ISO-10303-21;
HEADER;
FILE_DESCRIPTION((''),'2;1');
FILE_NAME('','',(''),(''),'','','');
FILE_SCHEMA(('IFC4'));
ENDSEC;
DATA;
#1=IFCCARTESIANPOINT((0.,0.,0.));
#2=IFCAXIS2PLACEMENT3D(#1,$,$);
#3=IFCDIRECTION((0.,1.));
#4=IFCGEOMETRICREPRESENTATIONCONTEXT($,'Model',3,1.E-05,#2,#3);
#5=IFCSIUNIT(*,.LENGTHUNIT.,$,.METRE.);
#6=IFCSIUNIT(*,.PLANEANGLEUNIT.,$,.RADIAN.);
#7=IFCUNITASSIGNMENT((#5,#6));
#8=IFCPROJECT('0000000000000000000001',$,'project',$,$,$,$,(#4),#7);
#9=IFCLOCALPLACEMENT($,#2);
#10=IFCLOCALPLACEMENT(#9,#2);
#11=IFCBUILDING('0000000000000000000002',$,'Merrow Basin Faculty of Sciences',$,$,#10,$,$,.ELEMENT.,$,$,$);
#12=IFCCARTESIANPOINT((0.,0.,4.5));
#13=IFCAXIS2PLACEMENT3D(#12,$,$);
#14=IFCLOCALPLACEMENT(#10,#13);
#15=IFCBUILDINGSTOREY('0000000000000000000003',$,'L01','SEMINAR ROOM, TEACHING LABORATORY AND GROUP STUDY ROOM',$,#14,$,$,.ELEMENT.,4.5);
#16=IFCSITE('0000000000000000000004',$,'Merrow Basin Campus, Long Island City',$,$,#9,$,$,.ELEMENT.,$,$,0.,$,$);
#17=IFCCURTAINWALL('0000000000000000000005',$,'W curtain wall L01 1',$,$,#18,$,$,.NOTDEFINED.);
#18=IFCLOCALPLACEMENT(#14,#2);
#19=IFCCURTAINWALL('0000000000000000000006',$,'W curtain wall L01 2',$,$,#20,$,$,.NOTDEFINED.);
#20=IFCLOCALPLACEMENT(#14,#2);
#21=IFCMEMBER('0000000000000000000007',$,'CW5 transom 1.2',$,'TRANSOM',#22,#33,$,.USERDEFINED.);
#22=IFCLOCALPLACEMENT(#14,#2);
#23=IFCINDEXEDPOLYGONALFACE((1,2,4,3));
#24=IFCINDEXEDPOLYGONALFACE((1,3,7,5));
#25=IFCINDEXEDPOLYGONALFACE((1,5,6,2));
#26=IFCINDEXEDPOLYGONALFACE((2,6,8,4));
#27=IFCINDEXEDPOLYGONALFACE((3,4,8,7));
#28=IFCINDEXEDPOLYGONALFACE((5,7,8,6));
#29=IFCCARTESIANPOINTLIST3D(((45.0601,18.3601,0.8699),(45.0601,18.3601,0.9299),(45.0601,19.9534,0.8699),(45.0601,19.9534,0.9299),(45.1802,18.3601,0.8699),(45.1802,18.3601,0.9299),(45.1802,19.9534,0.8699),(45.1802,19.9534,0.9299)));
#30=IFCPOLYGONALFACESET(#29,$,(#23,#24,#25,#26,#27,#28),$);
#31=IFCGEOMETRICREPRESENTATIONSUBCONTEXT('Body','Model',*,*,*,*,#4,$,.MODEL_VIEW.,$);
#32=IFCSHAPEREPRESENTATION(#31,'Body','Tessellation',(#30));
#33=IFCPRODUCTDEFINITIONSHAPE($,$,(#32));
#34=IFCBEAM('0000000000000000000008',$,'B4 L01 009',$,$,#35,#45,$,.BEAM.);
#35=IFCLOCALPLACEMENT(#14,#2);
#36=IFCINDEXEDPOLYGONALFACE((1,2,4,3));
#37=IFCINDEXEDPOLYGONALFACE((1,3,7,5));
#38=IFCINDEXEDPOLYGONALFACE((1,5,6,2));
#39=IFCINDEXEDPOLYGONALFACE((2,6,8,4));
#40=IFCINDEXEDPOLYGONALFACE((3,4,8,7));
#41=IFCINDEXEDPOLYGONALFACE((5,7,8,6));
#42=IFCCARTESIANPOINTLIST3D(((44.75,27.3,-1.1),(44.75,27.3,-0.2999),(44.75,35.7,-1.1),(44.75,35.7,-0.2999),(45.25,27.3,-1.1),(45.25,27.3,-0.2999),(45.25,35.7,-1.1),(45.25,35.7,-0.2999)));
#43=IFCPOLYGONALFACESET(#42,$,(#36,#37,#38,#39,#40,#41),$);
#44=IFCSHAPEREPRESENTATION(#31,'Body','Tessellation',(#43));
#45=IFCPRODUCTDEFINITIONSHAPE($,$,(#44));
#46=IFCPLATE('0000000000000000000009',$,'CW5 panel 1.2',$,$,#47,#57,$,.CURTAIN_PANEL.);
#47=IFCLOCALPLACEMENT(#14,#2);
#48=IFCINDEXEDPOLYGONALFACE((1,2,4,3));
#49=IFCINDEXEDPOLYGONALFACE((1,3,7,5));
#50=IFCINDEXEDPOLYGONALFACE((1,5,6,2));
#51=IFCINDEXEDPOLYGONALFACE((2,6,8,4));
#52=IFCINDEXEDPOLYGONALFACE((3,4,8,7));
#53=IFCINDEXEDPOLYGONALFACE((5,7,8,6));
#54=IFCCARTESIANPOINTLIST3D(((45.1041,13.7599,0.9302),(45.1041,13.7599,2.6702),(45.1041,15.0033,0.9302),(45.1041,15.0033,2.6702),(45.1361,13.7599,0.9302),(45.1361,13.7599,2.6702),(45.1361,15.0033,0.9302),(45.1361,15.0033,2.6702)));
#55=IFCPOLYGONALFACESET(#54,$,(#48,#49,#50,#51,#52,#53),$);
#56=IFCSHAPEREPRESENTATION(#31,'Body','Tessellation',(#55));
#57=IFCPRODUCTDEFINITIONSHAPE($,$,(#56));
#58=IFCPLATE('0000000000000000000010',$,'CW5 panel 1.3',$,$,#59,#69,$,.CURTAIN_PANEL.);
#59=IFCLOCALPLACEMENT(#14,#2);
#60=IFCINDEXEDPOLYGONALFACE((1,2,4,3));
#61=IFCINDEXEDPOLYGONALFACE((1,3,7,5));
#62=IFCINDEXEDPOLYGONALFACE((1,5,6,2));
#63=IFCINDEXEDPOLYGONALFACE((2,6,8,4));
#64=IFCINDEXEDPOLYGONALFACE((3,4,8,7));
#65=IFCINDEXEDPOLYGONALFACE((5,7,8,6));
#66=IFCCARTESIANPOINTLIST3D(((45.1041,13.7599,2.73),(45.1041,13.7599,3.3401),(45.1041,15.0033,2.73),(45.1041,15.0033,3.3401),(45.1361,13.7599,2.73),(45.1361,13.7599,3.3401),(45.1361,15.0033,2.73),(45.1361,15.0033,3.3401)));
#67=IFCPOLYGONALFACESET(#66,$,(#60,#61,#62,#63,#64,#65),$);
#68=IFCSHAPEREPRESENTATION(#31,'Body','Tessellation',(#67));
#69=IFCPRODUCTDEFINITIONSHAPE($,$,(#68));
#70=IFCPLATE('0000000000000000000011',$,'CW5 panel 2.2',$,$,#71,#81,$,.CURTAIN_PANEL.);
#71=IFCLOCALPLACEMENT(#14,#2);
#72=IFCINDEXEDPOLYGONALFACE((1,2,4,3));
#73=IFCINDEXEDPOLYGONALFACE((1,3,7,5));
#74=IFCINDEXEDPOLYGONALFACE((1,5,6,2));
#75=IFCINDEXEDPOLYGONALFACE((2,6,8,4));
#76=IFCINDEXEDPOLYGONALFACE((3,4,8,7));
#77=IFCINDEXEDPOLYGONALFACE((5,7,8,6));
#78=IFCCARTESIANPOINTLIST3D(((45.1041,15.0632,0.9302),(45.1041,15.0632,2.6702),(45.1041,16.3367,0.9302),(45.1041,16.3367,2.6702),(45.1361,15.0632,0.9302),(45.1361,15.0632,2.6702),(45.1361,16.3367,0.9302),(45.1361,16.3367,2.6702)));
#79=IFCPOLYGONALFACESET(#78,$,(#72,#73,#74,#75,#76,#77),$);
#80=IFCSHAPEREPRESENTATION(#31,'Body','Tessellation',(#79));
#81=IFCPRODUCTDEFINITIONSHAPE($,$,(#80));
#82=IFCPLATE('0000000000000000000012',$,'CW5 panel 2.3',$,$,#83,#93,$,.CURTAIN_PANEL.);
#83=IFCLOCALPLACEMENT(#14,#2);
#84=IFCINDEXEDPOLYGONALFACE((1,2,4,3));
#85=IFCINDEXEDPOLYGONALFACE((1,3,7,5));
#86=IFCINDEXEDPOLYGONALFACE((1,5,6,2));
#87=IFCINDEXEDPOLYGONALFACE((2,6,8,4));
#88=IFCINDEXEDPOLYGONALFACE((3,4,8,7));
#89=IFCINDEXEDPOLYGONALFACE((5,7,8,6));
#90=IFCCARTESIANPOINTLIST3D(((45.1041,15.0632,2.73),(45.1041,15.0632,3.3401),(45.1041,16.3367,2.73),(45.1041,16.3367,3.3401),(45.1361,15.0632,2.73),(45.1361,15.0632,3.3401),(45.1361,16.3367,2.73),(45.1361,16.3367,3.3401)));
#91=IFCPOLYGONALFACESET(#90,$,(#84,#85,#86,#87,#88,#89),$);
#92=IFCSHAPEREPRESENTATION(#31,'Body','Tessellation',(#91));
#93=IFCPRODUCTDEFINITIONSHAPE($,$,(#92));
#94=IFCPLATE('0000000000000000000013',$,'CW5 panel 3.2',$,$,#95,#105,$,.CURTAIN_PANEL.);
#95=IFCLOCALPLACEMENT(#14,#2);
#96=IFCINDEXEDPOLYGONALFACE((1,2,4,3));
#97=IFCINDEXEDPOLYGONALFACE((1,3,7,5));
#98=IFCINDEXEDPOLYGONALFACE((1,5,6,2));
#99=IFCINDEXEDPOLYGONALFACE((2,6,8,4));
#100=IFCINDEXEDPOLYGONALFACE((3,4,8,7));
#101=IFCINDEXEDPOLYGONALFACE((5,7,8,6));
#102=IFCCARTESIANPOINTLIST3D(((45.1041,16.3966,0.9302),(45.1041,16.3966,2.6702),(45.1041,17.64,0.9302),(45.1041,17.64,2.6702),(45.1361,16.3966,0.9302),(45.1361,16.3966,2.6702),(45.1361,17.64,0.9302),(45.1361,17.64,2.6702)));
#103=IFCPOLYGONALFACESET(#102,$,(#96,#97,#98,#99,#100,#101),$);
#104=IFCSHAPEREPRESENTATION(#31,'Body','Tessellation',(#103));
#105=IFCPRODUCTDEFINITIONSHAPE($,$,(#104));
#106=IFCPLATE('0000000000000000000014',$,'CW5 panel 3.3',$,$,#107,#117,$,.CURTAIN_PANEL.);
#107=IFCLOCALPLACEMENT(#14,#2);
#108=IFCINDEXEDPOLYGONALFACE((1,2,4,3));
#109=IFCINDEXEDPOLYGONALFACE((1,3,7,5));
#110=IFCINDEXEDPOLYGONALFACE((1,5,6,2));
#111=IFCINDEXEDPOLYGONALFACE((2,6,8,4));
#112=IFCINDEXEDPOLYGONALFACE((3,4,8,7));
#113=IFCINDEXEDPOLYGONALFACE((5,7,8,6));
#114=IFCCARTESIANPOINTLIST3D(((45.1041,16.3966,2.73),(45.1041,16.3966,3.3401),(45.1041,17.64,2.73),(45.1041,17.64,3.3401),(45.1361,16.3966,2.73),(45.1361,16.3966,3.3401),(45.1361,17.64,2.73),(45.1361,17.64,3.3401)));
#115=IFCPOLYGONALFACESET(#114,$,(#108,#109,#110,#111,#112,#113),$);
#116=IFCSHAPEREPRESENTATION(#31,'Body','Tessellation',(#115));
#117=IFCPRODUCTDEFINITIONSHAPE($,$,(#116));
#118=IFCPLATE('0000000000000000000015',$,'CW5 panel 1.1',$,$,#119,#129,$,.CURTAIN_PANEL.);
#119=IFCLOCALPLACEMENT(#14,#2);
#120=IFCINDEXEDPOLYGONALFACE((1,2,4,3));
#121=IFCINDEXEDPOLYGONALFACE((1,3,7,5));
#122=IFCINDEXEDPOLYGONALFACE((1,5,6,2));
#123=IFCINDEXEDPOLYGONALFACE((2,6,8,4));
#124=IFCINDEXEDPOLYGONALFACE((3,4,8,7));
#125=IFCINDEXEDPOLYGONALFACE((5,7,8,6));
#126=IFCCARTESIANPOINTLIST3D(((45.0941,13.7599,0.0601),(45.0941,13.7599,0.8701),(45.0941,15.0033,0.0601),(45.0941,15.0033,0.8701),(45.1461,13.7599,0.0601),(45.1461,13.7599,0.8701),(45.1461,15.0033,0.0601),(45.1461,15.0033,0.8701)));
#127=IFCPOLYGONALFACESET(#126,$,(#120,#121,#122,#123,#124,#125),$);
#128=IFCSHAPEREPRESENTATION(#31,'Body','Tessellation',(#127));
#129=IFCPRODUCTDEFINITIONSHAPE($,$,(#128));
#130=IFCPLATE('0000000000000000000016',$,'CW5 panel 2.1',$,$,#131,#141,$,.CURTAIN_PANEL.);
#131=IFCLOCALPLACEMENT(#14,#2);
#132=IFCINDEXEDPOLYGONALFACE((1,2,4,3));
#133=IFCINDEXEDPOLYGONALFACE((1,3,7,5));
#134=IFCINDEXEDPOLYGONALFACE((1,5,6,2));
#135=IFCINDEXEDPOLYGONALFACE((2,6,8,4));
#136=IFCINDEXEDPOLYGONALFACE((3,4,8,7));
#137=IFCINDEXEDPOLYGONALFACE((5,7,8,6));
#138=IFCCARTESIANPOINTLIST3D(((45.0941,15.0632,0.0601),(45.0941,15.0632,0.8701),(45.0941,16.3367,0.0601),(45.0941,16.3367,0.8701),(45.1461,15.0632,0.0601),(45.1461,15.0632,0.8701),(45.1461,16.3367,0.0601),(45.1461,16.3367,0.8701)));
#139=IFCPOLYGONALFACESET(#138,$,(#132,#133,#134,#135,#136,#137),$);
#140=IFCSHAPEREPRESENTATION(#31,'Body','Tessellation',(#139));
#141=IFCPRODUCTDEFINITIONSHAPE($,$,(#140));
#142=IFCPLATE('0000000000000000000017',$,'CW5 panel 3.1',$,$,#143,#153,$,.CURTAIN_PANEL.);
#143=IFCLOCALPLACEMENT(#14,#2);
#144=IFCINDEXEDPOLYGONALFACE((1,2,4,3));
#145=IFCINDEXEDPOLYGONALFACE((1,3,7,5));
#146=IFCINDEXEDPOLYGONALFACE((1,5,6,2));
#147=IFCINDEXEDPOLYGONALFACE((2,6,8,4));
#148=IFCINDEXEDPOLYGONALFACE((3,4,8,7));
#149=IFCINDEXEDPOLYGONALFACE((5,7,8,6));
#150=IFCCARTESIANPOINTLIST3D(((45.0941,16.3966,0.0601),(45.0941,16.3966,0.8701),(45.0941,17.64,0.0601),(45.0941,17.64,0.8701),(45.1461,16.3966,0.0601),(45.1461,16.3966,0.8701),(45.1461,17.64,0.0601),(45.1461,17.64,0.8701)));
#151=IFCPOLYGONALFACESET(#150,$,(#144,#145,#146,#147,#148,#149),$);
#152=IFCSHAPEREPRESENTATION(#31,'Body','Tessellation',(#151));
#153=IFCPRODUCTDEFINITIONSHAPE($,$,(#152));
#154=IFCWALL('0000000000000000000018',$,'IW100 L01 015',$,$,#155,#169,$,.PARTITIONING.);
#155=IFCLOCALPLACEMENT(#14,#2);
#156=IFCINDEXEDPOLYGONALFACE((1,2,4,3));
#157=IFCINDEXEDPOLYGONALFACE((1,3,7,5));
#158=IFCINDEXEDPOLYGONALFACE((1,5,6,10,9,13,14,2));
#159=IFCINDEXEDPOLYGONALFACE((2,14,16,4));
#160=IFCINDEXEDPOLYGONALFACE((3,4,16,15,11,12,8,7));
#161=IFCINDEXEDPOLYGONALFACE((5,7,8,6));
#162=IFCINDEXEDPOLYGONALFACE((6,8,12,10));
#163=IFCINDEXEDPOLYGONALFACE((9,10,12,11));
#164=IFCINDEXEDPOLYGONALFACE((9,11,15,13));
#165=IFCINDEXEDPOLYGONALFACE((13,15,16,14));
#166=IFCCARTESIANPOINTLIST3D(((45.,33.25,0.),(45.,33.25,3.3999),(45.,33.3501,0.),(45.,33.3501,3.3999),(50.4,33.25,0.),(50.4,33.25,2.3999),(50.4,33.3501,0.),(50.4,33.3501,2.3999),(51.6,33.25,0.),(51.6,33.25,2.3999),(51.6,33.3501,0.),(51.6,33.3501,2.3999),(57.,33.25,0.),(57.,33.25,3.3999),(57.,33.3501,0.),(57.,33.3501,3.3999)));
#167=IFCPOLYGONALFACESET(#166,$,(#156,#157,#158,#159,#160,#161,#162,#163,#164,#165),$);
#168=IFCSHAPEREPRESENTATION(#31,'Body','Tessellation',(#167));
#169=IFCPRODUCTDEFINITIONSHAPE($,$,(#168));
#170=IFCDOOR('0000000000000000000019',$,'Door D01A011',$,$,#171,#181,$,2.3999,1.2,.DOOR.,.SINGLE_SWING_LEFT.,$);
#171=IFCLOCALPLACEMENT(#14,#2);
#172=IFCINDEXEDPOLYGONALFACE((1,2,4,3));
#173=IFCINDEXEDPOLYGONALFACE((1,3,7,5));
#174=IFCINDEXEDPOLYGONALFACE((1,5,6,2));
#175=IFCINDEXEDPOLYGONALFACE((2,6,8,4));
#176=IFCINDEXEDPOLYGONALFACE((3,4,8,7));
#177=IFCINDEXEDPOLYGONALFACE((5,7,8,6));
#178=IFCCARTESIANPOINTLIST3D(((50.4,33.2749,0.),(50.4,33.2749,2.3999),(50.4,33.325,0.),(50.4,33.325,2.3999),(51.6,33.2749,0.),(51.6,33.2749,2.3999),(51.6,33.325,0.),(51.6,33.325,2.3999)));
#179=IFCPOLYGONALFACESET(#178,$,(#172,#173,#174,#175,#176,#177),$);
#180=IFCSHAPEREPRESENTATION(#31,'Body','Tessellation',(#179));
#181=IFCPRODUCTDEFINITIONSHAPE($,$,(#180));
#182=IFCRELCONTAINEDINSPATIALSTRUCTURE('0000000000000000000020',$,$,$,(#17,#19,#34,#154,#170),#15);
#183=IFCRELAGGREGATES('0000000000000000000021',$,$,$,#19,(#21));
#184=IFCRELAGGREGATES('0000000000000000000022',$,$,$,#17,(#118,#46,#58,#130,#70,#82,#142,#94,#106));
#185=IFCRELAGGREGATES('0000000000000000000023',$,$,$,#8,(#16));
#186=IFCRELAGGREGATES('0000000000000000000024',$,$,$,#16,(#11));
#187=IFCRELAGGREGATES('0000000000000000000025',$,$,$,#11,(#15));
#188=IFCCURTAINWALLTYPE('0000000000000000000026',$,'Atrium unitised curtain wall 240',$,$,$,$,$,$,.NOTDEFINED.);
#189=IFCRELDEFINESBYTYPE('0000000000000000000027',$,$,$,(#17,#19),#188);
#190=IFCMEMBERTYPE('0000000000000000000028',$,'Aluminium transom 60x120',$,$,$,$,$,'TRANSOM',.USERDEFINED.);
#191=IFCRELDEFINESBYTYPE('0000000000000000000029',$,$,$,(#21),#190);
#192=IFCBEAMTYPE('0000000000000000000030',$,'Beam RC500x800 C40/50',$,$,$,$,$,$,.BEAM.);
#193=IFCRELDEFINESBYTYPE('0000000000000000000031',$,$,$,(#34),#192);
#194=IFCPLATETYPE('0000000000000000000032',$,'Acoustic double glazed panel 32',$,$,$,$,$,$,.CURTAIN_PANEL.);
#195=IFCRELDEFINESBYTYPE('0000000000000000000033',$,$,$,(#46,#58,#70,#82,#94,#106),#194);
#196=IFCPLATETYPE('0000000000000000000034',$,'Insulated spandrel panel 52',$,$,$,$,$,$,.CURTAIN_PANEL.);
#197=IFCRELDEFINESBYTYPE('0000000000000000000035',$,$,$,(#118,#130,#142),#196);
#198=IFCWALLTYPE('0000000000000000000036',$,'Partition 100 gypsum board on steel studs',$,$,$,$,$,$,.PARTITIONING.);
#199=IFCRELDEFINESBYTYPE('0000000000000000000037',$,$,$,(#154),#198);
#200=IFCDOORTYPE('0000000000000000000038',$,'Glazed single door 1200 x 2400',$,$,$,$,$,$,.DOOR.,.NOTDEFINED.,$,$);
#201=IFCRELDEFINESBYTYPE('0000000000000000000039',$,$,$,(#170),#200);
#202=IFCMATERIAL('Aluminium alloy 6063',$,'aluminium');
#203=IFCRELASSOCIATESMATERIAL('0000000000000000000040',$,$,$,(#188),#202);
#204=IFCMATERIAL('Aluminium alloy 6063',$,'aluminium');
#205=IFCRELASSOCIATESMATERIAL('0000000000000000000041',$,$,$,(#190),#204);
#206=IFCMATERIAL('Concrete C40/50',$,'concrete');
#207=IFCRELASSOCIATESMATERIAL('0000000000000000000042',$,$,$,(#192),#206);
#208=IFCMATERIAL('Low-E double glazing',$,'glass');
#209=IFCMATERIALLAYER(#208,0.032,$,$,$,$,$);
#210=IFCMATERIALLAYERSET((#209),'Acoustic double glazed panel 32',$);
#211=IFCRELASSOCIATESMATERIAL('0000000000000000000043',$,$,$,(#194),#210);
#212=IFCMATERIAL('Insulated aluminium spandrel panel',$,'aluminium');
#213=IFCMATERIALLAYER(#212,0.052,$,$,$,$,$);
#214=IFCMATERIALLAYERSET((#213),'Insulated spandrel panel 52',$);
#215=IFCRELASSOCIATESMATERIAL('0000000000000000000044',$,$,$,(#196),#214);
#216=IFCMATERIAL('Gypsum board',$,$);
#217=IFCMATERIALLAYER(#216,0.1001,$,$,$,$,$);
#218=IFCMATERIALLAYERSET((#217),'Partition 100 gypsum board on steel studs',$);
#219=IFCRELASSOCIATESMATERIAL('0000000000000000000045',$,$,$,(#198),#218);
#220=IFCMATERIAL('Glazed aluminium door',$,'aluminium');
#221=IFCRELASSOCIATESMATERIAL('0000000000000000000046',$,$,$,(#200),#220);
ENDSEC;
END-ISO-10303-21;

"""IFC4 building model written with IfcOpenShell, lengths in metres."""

from ifc_helpers import new_model, si_unit, direction, frame, frame_2d, origin, origin_2d, place, context, subcontext, project, spatial, rectangle, extrude, material, layer, layer_set, material_profile, profile_set, type_object, element, fill, aggregate, save


model = new_model("IFC4")

# Units and contexts
model_context = context("Model", 3, precision=1e-05, world=origin(), true_north=direction((0.0, 1.0)))
body_context = subcontext(model_context, "Body", "Model", "MODEL_VIEW")
ifc_project = project(units=[si_unit("LENGTHUNIT", "METRE"), si_unit("PLANEANGLEUNIT", "RADIAN")], contexts=[model_context])

# Site, building, storey
site_placement = place(None, origin())
site = spatial("IfcSite", under=ifc_project, at=site_placement, Name="Merrow Basin Campus, Long Island City", CompositionType="ELEMENT", RefElevation=0.0)
building_placement = place(site_placement, origin())
building = spatial("IfcBuilding", under=site, at=building_placement, Name="Merrow Basin Faculty of Sciences", CompositionType="ELEMENT")
storey_placement = place(building_placement, frame((0.0, 0.0, 4.5)))
storey = spatial("IfcBuildingStorey", under=building, at=storey_placement, Name="L01", Description="SEMINAR ROOM, TEACHING LABORATORY AND GROUP STUDY ROOM", CompositionType="ELEMENT", Elevation=4.5)

# Curtain wall
ifc_material_1 = material(Name="Aluminium alloy 6063", Category="aluminium")
curtain_wall_type = type_object("IfcCurtainWallType", Name="Atrium unitised curtain wall 240", PredefinedType="NOTDEFINED", material=ifc_material_1)
curtain_wall_1_placement = place(storey_placement, origin())
curtain_wall_1 = element("IfcCurtainWall", 1, at=curtain_wall_1_placement, inside=storey, type_object=curtain_wall_type, Name="W curtain wall L01 1", PredefinedType="NOTDEFINED")

# Curtain wall
curtain_wall_2_placement = place(storey_placement, origin())
curtain_wall_2 = element("IfcCurtainWall", 2, at=curtain_wall_2_placement, inside=storey, type_object=curtain_wall_type, Name="W curtain wall L01 2", PredefinedType="NOTDEFINED")

# Member
ifc_material_2 = material(Name="Aluminium alloy 6063", Category="aluminium")
ifc_material_profile_1 = material_profile(ifc_material_2, rectangle(XDim=0.1201, YDim=0.0601, at=origin_2d()))
ifc_profile_set_1 = profile_set([ifc_material_profile_1], Name="Aluminium alloy 6063")
member_type_1 = type_object("IfcMemberType", Name="Aluminium transom 60x120", ElementType="TRANSOM", PredefinedType="USERDEFINED", material=ifc_profile_set_1)
member_1_placement = place(storey_placement, frame((45.1201, 18.3601, 0.8999), z_axis=(0.0, 1.0, 0.0), x_axis=(-1.0, 0.0, 0.0)))
member_1 = element("IfcMember", 3, at=member_1_placement, type_object=member_type_1, Name="CW5 transom 1.2", ObjectType="TRANSOM", PredefinedType="USERDEFINED", context=body_context, shape_type="SweptSolid", body=[
    extrude(rectangle(XDim=0.1201, YDim=0.0601, at=origin_2d()), origin(), (0.0, 0.0, 1.0), 1.5933),
])
aggregate(curtain_wall_2, [member_1])

# Beam
ifc_material_3 = material(Name="Concrete C40/50", Category="concrete")
ifc_material_profile_2 = material_profile(ifc_material_3, rectangle(XDim=0.5, YDim=0.8, at=origin_2d()))
ifc_profile_set_2 = profile_set([ifc_material_profile_2], Name="Concrete C40/50")
beam_type = type_object("IfcBeamType", Name="Beam RC500x800 C40/50", PredefinedType="BEAM", material=ifc_profile_set_2)
beam_placement = place(storey_placement, frame((45.0, 27.3, -0.7), z_axis=(0.0, 1.0, 0.0), x_axis=(-1.0, 0.0, 0.0)))
element("IfcBeam", 4, at=beam_placement, inside=storey, type_object=beam_type, Name="B4 L01 009", PredefinedType="BEAM", context=body_context, shape_type="SweptSolid", body=[
    extrude(rectangle(XDim=0.5, YDim=0.8, at=origin_2d()), origin(), (0.0, 0.0, 1.0), 8.3999),
])

# Plates
ifc_material_4 = material(Name="Low-E double glazing", Category="glass")
ifc_layer_1 = layer(ifc_material_4, 0.032)
ifc_layer_set_1 = layer_set([ifc_layer_1], Name="Acoustic double glazed panel 32")
plate_type_1 = type_object("IfcPlateType", Name="Acoustic double glazed panel 32", PredefinedType="CURTAIN_PANEL", material=ifc_layer_set_1)
plate_1_placement = place(storey_placement, frame((45.1201, 14.3816, 0.9302), z_axis=(0.0, 0.0, 1.0), x_axis=(0.0, 1.0, 0.0)))
plate_1 = element("IfcPlate", 5, at=plate_1_placement, type_object=plate_type_1, Name="CW5 panel 1.2", PredefinedType="CURTAIN_PANEL", context=body_context, shape_type="SweptSolid", body=[
    extrude(rectangle(XDim=1.2434, YDim=0.032, at=origin_2d()), origin(), (0.0, 0.0, 1.0), 1.74),
])
plate_2_placement = place(storey_placement, frame((45.1201, 14.3816, 2.73), z_axis=(0.0, 0.0, 1.0), x_axis=(0.0, 1.0, 0.0)))
plate_2 = element("IfcPlate", 6, at=plate_2_placement, type_object=plate_type_1, Name="CW5 panel 1.3", PredefinedType="CURTAIN_PANEL", context=body_context, shape_type="SweptSolid", body=[
    extrude(rectangle(XDim=1.2434, YDim=0.032, at=origin_2d()), origin(), (0.0, 0.0, 1.0), 0.6101),
])
plate_3_placement = place(storey_placement, frame((45.1201, 15.7, 0.9302), z_axis=(0.0, 0.0, 1.0), x_axis=(0.0, 1.0, 0.0)))
plate_3 = element("IfcPlate", 7, at=plate_3_placement, type_object=plate_type_1, Name="CW5 panel 2.2", PredefinedType="CURTAIN_PANEL", context=body_context, shape_type="SweptSolid", body=[
    extrude(rectangle(XDim=1.2734, YDim=0.032, at=origin_2d()), origin(), (0.0, 0.0, 1.0), 1.74),
])
plate_4_placement = place(storey_placement, frame((45.1201, 15.7, 2.73), z_axis=(0.0, 0.0, 1.0), x_axis=(0.0, 1.0, 0.0)))
plate_4 = element("IfcPlate", 8, at=plate_4_placement, type_object=plate_type_1, Name="CW5 panel 2.3", PredefinedType="CURTAIN_PANEL", context=body_context, shape_type="SweptSolid", body=[
    extrude(rectangle(XDim=1.2734, YDim=0.032, at=origin_2d()), origin(), (0.0, 0.0, 1.0), 0.6101),
])
plate_5_placement = place(storey_placement, frame((45.1201, 17.0183, 0.9302), z_axis=(0.0, 0.0, 1.0), x_axis=(0.0, 1.0, 0.0)))
plate_5 = element("IfcPlate", 9, at=plate_5_placement, type_object=plate_type_1, Name="CW5 panel 3.2", PredefinedType="CURTAIN_PANEL", context=body_context, shape_type="SweptSolid", body=[
    extrude(rectangle(XDim=1.2434, YDim=0.032, at=origin_2d()), origin(), (0.0, 0.0, 1.0), 1.74),
])
plate_6_placement = place(storey_placement, frame((45.1201, 17.0183, 2.73), z_axis=(0.0, 0.0, 1.0), x_axis=(0.0, 1.0, 0.0)))
plate_6 = element("IfcPlate", 10, at=plate_6_placement, type_object=plate_type_1, Name="CW5 panel 3.3", PredefinedType="CURTAIN_PANEL", context=body_context, shape_type="SweptSolid", body=[
    extrude(rectangle(XDim=1.2434, YDim=0.032, at=origin_2d()), origin(), (0.0, 0.0, 1.0), 0.6101),
])
ifc_material_5 = material(Name="Insulated aluminium spandrel panel", Category="aluminium")
ifc_layer_2 = layer(ifc_material_5, 0.052)
ifc_layer_set_2 = layer_set([ifc_layer_2], Name="Insulated spandrel panel 52")
plate_type_2 = type_object("IfcPlateType", Name="Insulated spandrel panel 52", PredefinedType="CURTAIN_PANEL", material=ifc_layer_set_2)
plate_7_placement = place(storey_placement, frame((45.1201, 14.3816, 0.0601), z_axis=(0.0, 0.0, 1.0), x_axis=(0.0, 1.0, 0.0)))
plate_7 = element("IfcPlate", 11, at=plate_7_placement, type_object=plate_type_2, Name="CW5 panel 1.1", PredefinedType="CURTAIN_PANEL", context=body_context, shape_type="SweptSolid", body=[
    extrude(rectangle(XDim=1.2434, YDim=0.052, at=origin_2d()), origin(), (0.0, 0.0, 1.0), 0.8101),
])
plate_8_placement = place(storey_placement, frame((45.1201, 15.7, 0.0601), z_axis=(0.0, 0.0, 1.0), x_axis=(0.0, 1.0, 0.0)))
plate_8 = element("IfcPlate", 12, at=plate_8_placement, type_object=plate_type_2, Name="CW5 panel 2.1", PredefinedType="CURTAIN_PANEL", context=body_context, shape_type="SweptSolid", body=[
    extrude(rectangle(XDim=1.2734, YDim=0.052, at=origin_2d()), origin(), (0.0, 0.0, 1.0), 0.8101),
])
plate_9_placement = place(storey_placement, frame((45.1201, 17.0183, 0.0601), z_axis=(0.0, 0.0, 1.0), x_axis=(0.0, 1.0, 0.0)))
plate_9 = element("IfcPlate", 13, at=plate_9_placement, type_object=plate_type_2, Name="CW5 panel 3.1", PredefinedType="CURTAIN_PANEL", context=body_context, shape_type="SweptSolid", body=[
    extrude(rectangle(XDim=1.2434, YDim=0.052, at=origin_2d()), origin(), (0.0, 0.0, 1.0), 0.8101),
])
aggregate(curtain_wall_1, [plate_7, plate_1, plate_2, plate_8, plate_3, plate_4, plate_9, plate_5, plate_6])

# Wall, opening, door
ifc_material_6 = material(Name="Gypsum board")
ifc_layer_3 = layer(ifc_material_6, 0.1001)
ifc_layer_set_3 = layer_set([ifc_layer_3], Name="Partition 100 gypsum board on steel studs")
wall_type = type_object("IfcWallType", Name="Partition 100 gypsum board on steel studs", PredefinedType="PARTITIONING", material=ifc_layer_set_3)
wall_placement = place(storey_placement, frame((45.0, 33.3, 0.0), z_axis=(0.0, 0.0, 1.0), x_axis=(1.0, 0.0, 0.0)))
wall = element("IfcWall", 14, at=wall_placement, inside=storey, type_object=wall_type, Name="IW100 L01 015", PredefinedType="PARTITIONING", context=body_context, shape_type="SweptSolid", body=[
    extrude(rectangle(XDim=12.0, YDim=0.1001, at=frame_2d((6.0, 0.0))), origin(), (0.0, 0.0, 1.0), 3.3999),
])
opening_placement = place(wall_placement, frame((5.3999, 0.0, 0.0)))
opening = element("IfcOpeningElement", 15, at=opening_placement, cuts=wall, PredefinedType="OPENING", context=body_context, shape_type="SweptSolid", body=[
    extrude(rectangle(XDim=1.2, YDim=2.3999, at=frame_2d((0.6001, 1.2))), frame((0.0, 0.0601, 0.0), z_axis=(0.0, -1.0, 0.0), x_axis=(1.0, 0.0, 0.0)), (0.0, 0.0, 1.0), 0.1201),
])
ifc_material_7 = material(Name="Glazed aluminium door", Category="aluminium")
door_type = type_object("IfcDoorType", Name="Glazed single door 1200 x 2400", OperationType="NOTDEFINED", PredefinedType="DOOR", material=ifc_material_7)
door_placement = place(opening_placement, origin())
door = element("IfcDoor", 16, at=door_placement, inside=storey, type_object=door_type, Name="Door D01A011", OperationType="SINGLE_SWING_LEFT", OverallHeight=2.3999, OverallWidth=1.2, PredefinedType="DOOR", context=body_context, shape_type="SweptSolid", body=[
    extrude(rectangle(XDim=1.2, YDim=2.3999, at=frame_2d((0.6001, 1.2))), frame((0.0, 0.0249, 0.0), z_axis=(0.0, -1.0, 0.0), x_axis=(1.0, 0.0, 0.0)), (0.0, 0.0, 1.0), 0.05),
])
fill(opening, door)

save(model, "model.ifc")
